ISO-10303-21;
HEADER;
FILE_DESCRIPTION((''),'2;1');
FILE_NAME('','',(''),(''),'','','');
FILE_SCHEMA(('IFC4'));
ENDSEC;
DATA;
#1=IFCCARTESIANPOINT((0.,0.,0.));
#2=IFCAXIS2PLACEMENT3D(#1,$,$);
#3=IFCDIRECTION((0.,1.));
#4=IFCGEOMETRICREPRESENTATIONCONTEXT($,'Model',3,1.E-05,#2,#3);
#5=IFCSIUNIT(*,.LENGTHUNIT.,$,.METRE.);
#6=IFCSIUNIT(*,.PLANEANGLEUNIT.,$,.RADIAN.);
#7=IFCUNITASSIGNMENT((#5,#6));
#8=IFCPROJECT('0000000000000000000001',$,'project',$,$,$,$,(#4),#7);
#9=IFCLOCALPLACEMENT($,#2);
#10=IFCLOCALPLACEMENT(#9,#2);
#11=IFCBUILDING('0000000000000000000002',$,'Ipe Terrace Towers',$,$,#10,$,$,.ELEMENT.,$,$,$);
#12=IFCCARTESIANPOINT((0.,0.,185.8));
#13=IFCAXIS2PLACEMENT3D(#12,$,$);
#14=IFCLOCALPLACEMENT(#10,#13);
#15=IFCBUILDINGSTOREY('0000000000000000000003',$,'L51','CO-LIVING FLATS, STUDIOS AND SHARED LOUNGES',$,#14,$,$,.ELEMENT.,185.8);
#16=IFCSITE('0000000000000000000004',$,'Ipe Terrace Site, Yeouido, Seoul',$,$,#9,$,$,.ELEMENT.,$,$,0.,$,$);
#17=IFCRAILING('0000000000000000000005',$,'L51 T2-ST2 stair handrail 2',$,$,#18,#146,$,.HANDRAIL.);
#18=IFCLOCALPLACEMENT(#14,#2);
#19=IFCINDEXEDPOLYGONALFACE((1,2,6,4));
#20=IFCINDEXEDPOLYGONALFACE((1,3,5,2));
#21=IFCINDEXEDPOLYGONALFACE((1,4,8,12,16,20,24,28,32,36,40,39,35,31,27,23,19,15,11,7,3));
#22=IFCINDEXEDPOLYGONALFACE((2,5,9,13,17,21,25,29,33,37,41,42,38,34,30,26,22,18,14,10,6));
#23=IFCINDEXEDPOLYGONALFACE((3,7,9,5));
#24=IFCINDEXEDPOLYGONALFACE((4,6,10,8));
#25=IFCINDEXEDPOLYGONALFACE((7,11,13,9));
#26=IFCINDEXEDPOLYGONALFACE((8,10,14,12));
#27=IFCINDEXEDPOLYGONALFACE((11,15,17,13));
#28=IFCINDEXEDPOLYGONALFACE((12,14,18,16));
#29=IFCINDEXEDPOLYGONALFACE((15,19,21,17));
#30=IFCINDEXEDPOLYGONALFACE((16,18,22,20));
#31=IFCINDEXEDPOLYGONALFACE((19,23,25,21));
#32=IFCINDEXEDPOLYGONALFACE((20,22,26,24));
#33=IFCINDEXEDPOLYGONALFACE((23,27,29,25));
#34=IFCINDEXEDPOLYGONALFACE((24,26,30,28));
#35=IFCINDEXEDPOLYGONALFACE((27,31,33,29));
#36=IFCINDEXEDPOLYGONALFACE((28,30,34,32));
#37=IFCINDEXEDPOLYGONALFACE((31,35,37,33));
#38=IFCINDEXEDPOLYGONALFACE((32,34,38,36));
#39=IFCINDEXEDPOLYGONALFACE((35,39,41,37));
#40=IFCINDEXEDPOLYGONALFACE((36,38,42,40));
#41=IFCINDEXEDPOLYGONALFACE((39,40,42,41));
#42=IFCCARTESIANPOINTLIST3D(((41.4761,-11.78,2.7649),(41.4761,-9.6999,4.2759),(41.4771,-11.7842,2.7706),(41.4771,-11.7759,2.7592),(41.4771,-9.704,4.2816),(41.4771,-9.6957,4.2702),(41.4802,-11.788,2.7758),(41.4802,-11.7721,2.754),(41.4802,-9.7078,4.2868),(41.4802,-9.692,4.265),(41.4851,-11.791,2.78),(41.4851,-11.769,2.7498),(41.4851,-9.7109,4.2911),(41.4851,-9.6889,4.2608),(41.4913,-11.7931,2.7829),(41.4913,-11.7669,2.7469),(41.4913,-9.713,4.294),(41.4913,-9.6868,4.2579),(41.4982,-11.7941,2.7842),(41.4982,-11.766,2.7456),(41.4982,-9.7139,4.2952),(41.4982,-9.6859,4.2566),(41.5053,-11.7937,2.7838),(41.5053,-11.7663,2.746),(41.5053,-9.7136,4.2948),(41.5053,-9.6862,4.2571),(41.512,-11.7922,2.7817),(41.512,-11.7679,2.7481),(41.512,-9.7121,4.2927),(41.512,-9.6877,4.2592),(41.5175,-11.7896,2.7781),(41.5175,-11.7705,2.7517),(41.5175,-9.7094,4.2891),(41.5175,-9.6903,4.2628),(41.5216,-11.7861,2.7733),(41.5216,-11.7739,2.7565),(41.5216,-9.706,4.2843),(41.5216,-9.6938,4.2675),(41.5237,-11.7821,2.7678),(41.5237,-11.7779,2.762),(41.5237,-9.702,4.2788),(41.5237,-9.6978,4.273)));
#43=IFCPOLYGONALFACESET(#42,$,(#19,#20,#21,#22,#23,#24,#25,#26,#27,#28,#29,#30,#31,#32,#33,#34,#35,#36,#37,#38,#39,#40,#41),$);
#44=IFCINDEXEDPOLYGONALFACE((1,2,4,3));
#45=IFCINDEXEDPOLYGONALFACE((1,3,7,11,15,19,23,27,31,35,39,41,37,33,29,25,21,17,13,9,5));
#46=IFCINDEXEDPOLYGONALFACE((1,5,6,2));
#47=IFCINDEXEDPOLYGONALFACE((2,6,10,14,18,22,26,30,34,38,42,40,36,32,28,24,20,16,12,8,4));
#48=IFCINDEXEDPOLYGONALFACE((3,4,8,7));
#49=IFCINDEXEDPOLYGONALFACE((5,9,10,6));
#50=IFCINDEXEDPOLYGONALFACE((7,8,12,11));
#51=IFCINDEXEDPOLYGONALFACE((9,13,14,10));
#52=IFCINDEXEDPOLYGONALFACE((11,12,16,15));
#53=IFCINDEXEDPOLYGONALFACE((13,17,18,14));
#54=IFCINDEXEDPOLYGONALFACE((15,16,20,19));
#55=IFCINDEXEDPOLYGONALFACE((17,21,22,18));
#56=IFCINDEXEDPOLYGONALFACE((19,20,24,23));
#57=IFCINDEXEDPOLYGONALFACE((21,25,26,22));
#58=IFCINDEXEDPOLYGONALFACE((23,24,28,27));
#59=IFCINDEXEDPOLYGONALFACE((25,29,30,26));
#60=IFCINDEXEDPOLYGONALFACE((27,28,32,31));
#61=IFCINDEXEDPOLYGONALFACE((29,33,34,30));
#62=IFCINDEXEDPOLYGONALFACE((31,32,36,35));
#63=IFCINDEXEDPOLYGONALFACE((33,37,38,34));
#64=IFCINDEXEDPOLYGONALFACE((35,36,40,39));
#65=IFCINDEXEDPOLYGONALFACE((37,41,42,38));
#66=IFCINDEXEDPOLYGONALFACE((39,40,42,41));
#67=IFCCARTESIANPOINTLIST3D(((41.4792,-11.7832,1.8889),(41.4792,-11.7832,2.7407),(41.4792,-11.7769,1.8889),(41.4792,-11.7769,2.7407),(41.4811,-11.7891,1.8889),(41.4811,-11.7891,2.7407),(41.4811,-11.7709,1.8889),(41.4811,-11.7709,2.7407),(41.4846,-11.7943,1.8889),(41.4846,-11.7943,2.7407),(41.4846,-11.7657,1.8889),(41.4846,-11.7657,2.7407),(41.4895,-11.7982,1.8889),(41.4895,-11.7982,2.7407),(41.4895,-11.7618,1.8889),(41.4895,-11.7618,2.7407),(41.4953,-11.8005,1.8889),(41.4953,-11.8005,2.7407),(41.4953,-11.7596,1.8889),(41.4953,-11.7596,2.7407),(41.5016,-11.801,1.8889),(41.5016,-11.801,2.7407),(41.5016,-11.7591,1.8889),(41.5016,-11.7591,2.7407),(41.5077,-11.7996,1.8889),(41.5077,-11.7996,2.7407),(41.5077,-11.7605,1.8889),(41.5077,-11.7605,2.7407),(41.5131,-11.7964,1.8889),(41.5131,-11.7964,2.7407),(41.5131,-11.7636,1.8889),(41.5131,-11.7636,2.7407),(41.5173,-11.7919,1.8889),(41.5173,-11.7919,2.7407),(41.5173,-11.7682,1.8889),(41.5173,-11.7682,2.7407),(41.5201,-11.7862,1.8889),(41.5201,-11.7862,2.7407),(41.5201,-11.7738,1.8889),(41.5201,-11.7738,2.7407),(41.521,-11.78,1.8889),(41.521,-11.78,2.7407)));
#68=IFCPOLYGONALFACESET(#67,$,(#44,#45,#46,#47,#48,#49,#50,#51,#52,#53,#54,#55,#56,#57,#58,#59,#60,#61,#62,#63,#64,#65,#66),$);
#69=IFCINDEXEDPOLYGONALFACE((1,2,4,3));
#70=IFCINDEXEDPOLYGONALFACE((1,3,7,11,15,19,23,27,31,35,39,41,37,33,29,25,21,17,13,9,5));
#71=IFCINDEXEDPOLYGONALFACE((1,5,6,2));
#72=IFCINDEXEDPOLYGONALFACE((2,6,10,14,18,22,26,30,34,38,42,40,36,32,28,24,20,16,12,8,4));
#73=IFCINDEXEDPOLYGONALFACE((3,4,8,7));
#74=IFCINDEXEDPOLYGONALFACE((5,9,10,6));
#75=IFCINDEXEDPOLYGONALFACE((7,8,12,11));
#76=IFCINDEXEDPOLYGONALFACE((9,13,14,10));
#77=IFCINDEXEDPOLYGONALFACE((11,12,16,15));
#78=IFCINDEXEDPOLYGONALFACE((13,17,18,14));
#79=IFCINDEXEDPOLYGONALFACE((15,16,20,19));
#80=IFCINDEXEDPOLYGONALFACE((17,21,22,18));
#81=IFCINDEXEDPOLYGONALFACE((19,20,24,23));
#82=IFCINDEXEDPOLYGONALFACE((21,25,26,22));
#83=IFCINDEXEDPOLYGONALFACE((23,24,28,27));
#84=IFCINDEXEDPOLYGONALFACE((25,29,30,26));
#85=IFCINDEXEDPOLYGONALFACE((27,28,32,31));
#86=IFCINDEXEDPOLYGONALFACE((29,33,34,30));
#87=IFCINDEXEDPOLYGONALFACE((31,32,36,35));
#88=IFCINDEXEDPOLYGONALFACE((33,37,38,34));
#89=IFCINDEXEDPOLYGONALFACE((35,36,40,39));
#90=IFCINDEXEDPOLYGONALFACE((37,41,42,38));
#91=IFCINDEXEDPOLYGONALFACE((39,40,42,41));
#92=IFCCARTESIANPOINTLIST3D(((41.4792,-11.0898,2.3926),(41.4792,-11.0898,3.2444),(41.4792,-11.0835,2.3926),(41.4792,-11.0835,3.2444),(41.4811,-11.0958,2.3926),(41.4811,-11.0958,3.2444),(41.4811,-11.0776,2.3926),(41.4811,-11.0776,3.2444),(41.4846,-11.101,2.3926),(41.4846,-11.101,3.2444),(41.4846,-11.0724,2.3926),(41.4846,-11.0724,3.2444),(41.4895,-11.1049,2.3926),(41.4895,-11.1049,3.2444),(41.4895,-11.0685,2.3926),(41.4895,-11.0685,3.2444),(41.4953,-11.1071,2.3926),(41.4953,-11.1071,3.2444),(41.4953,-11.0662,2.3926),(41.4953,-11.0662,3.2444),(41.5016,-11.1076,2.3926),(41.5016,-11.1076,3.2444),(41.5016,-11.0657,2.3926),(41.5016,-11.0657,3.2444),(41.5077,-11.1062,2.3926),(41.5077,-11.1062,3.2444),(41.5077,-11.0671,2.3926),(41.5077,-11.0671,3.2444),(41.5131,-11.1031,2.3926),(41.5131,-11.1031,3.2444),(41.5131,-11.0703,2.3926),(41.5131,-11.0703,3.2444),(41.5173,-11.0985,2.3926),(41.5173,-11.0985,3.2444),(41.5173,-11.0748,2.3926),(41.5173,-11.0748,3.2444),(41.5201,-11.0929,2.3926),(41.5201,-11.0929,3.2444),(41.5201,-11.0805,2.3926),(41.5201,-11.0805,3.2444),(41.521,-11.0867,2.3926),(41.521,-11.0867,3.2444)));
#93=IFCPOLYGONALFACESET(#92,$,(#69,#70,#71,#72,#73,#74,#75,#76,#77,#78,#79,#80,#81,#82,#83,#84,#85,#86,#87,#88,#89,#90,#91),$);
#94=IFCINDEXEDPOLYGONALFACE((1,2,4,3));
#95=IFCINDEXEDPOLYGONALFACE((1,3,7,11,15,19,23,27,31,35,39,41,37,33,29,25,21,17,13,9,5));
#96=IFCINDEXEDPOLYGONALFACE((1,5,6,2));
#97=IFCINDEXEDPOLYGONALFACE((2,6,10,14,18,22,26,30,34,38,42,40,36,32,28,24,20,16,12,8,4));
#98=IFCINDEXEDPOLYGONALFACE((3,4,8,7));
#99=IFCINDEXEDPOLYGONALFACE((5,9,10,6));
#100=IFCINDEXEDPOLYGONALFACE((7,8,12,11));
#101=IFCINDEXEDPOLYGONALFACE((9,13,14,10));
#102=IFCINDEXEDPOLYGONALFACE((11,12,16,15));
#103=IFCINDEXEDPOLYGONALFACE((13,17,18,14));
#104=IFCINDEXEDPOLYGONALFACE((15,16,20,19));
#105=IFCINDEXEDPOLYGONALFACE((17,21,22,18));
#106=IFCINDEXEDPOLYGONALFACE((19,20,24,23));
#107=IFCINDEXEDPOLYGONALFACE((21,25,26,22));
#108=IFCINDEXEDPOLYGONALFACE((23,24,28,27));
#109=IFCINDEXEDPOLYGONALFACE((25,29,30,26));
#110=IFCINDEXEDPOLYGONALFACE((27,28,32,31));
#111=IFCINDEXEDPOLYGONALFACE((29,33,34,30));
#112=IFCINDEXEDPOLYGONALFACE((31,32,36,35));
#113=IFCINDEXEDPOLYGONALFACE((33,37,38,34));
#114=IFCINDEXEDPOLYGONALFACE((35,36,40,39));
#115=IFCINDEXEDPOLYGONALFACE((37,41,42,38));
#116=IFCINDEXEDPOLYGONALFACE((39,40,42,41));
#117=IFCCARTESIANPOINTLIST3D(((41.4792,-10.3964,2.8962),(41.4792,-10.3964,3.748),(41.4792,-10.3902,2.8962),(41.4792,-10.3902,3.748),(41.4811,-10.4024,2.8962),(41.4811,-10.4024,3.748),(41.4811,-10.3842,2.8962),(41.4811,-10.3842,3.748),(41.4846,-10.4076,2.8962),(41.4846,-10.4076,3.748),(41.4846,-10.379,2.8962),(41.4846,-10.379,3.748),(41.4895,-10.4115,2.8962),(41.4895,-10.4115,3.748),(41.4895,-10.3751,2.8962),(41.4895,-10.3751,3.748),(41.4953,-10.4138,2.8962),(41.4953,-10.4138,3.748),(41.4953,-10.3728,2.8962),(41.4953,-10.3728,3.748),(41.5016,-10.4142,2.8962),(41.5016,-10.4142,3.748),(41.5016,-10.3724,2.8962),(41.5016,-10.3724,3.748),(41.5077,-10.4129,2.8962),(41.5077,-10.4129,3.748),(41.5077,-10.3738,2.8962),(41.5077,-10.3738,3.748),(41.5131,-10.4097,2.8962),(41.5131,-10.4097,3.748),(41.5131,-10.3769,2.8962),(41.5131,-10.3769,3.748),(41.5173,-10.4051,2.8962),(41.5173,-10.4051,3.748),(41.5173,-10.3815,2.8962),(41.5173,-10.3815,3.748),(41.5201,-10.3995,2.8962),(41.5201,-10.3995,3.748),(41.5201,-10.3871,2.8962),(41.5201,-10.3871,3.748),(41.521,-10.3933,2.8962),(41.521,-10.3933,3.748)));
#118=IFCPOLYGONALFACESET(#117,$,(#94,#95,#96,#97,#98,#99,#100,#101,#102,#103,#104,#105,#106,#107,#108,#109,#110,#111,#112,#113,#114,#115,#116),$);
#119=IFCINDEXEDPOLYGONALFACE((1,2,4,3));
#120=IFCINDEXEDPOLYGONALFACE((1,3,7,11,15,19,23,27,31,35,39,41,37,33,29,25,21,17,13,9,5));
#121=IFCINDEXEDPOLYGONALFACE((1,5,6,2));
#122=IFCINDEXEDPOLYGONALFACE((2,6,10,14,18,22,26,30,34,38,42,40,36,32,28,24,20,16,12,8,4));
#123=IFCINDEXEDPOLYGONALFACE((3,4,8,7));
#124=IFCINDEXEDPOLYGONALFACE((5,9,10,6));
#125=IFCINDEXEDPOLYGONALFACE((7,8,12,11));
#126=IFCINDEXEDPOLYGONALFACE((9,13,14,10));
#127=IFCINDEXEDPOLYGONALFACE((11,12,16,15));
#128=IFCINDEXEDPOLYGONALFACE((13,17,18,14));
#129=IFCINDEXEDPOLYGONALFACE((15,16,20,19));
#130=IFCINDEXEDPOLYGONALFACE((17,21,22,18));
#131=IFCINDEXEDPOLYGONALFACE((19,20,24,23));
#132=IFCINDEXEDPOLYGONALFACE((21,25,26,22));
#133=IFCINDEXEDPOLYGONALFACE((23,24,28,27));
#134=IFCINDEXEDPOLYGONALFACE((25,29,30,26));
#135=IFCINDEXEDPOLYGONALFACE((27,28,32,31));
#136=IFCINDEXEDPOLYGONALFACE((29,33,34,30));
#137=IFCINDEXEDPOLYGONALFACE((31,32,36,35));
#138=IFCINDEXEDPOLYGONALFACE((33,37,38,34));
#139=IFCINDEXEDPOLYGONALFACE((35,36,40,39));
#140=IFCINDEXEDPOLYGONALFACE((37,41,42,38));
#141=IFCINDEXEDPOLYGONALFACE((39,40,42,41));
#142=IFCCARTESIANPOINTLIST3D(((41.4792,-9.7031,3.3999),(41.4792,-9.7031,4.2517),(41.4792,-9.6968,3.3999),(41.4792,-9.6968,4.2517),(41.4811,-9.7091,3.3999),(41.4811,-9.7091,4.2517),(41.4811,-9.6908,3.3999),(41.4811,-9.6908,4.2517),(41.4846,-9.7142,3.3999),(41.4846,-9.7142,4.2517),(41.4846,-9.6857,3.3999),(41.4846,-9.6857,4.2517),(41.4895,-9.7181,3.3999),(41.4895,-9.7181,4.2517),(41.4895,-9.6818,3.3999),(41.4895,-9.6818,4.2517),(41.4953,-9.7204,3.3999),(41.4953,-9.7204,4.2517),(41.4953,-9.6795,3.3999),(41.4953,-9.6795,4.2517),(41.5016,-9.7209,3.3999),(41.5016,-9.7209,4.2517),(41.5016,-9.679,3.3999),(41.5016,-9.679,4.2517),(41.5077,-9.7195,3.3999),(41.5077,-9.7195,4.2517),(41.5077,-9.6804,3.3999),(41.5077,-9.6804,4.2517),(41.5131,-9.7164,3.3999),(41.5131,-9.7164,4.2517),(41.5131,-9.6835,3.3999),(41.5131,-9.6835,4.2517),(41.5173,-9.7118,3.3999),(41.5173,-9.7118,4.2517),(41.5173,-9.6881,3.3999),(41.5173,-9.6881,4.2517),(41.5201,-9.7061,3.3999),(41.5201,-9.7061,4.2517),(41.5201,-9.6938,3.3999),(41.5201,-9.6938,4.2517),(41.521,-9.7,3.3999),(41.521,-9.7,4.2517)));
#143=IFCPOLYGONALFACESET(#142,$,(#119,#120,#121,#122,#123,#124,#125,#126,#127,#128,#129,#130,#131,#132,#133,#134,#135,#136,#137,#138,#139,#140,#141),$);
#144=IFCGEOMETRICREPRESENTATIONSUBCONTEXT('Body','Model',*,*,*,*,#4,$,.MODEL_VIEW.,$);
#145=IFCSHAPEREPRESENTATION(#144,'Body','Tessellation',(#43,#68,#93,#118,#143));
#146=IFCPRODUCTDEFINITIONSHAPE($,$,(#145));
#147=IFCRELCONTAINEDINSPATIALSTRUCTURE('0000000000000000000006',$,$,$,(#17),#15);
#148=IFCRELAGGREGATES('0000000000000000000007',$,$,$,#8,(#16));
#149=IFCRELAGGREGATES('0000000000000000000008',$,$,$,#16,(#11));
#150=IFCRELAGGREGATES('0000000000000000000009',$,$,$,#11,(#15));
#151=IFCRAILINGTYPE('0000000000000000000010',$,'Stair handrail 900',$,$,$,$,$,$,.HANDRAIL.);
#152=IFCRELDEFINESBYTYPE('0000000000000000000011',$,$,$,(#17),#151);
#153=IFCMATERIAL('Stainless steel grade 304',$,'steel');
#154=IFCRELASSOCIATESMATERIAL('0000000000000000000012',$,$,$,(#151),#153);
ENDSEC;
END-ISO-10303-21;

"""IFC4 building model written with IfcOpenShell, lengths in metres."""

from ifc_helpers import new_model, si_unit, direction, frame, origin, origin_2d, place, context, subcontext, project, spatial, circle, extrude, material, type_object, element, save


model = new_model("IFC4")

# Units and contexts
model_context = context("Model", 3, precision=1e-05, world=origin(), true_north=direction((0.0, 1.0)))
body_context = subcontext(model_context, "Body", "Model", "MODEL_VIEW")
ifc_project = project(units=[si_unit("LENGTHUNIT", "METRE"), si_unit("PLANEANGLEUNIT", "RADIAN")], contexts=[model_context])

# Site, building, storey
site_placement = place(None, origin())
site = spatial("IfcSite", under=ifc_project, at=site_placement, Name="Ipe Terrace Site, Yeouido, Seoul", CompositionType="ELEMENT", RefElevation=0.0)
building_placement = place(site_placement, origin())
building = spatial("IfcBuilding", under=site, at=building_placement, Name="Ipe Terrace Towers", CompositionType="ELEMENT")
storey_placement = place(building_placement, frame((0.0, 0.0, 185.8)))
storey = spatial("IfcBuildingStorey", under=building, at=storey_placement, Name="L51", Description="CO-LIVING FLATS, STUDIOS AND SHARED LOUNGES", CompositionType="ELEMENT", Elevation=185.8)

# Railing
ifc_material_1 = material(Name="Stainless steel grade 304", Category="steel")
railing_type_1 = type_object("IfcRailingType", Name="Stair handrail 900", PredefinedType="HANDRAIL", material=ifc_material_1)
railing_1_placement = place(storey_placement, frame((41.5, -11.78, 1.8889)))
element("IfcRailing", 1, at=railing_1_placement, inside=storey, type_object=railing_type_1, Name="L51 T2-ST2 stair handrail 2", PredefinedType="HANDRAIL", context=body_context, shape_type="SweptSolid", body=[
    extrude(circle(Radius=0.0239, at=origin_2d()), frame((0.0, 0.0, 0.876), z_axis=(0.0, 0.809069, 0.587714), x_axis=(-1.0, 0.0, 0.0)), (0.0, 0.0, 1.0), 2.571),
    extrude(circle(Radius=0.021, at=origin_2d()), origin(), (0.0, 0.0, 1.0), 0.8518),
    extrude(circle(Radius=0.021, at=origin_2d()), frame((0.0, 0.6934, 0.5037)), (0.0, 0.0, 1.0), 0.8518),
    extrude(circle(Radius=0.021, at=origin_2d()), frame((0.0, 1.3867, 1.0073)), (0.0, 0.0, 1.0), 0.8518),
    extrude(circle(Radius=0.021, at=origin_2d()), frame((0.0, 2.0801, 1.511)), (0.0, 0.0, 1.0), 0.8518),
])

save(model, "model.ifc")
